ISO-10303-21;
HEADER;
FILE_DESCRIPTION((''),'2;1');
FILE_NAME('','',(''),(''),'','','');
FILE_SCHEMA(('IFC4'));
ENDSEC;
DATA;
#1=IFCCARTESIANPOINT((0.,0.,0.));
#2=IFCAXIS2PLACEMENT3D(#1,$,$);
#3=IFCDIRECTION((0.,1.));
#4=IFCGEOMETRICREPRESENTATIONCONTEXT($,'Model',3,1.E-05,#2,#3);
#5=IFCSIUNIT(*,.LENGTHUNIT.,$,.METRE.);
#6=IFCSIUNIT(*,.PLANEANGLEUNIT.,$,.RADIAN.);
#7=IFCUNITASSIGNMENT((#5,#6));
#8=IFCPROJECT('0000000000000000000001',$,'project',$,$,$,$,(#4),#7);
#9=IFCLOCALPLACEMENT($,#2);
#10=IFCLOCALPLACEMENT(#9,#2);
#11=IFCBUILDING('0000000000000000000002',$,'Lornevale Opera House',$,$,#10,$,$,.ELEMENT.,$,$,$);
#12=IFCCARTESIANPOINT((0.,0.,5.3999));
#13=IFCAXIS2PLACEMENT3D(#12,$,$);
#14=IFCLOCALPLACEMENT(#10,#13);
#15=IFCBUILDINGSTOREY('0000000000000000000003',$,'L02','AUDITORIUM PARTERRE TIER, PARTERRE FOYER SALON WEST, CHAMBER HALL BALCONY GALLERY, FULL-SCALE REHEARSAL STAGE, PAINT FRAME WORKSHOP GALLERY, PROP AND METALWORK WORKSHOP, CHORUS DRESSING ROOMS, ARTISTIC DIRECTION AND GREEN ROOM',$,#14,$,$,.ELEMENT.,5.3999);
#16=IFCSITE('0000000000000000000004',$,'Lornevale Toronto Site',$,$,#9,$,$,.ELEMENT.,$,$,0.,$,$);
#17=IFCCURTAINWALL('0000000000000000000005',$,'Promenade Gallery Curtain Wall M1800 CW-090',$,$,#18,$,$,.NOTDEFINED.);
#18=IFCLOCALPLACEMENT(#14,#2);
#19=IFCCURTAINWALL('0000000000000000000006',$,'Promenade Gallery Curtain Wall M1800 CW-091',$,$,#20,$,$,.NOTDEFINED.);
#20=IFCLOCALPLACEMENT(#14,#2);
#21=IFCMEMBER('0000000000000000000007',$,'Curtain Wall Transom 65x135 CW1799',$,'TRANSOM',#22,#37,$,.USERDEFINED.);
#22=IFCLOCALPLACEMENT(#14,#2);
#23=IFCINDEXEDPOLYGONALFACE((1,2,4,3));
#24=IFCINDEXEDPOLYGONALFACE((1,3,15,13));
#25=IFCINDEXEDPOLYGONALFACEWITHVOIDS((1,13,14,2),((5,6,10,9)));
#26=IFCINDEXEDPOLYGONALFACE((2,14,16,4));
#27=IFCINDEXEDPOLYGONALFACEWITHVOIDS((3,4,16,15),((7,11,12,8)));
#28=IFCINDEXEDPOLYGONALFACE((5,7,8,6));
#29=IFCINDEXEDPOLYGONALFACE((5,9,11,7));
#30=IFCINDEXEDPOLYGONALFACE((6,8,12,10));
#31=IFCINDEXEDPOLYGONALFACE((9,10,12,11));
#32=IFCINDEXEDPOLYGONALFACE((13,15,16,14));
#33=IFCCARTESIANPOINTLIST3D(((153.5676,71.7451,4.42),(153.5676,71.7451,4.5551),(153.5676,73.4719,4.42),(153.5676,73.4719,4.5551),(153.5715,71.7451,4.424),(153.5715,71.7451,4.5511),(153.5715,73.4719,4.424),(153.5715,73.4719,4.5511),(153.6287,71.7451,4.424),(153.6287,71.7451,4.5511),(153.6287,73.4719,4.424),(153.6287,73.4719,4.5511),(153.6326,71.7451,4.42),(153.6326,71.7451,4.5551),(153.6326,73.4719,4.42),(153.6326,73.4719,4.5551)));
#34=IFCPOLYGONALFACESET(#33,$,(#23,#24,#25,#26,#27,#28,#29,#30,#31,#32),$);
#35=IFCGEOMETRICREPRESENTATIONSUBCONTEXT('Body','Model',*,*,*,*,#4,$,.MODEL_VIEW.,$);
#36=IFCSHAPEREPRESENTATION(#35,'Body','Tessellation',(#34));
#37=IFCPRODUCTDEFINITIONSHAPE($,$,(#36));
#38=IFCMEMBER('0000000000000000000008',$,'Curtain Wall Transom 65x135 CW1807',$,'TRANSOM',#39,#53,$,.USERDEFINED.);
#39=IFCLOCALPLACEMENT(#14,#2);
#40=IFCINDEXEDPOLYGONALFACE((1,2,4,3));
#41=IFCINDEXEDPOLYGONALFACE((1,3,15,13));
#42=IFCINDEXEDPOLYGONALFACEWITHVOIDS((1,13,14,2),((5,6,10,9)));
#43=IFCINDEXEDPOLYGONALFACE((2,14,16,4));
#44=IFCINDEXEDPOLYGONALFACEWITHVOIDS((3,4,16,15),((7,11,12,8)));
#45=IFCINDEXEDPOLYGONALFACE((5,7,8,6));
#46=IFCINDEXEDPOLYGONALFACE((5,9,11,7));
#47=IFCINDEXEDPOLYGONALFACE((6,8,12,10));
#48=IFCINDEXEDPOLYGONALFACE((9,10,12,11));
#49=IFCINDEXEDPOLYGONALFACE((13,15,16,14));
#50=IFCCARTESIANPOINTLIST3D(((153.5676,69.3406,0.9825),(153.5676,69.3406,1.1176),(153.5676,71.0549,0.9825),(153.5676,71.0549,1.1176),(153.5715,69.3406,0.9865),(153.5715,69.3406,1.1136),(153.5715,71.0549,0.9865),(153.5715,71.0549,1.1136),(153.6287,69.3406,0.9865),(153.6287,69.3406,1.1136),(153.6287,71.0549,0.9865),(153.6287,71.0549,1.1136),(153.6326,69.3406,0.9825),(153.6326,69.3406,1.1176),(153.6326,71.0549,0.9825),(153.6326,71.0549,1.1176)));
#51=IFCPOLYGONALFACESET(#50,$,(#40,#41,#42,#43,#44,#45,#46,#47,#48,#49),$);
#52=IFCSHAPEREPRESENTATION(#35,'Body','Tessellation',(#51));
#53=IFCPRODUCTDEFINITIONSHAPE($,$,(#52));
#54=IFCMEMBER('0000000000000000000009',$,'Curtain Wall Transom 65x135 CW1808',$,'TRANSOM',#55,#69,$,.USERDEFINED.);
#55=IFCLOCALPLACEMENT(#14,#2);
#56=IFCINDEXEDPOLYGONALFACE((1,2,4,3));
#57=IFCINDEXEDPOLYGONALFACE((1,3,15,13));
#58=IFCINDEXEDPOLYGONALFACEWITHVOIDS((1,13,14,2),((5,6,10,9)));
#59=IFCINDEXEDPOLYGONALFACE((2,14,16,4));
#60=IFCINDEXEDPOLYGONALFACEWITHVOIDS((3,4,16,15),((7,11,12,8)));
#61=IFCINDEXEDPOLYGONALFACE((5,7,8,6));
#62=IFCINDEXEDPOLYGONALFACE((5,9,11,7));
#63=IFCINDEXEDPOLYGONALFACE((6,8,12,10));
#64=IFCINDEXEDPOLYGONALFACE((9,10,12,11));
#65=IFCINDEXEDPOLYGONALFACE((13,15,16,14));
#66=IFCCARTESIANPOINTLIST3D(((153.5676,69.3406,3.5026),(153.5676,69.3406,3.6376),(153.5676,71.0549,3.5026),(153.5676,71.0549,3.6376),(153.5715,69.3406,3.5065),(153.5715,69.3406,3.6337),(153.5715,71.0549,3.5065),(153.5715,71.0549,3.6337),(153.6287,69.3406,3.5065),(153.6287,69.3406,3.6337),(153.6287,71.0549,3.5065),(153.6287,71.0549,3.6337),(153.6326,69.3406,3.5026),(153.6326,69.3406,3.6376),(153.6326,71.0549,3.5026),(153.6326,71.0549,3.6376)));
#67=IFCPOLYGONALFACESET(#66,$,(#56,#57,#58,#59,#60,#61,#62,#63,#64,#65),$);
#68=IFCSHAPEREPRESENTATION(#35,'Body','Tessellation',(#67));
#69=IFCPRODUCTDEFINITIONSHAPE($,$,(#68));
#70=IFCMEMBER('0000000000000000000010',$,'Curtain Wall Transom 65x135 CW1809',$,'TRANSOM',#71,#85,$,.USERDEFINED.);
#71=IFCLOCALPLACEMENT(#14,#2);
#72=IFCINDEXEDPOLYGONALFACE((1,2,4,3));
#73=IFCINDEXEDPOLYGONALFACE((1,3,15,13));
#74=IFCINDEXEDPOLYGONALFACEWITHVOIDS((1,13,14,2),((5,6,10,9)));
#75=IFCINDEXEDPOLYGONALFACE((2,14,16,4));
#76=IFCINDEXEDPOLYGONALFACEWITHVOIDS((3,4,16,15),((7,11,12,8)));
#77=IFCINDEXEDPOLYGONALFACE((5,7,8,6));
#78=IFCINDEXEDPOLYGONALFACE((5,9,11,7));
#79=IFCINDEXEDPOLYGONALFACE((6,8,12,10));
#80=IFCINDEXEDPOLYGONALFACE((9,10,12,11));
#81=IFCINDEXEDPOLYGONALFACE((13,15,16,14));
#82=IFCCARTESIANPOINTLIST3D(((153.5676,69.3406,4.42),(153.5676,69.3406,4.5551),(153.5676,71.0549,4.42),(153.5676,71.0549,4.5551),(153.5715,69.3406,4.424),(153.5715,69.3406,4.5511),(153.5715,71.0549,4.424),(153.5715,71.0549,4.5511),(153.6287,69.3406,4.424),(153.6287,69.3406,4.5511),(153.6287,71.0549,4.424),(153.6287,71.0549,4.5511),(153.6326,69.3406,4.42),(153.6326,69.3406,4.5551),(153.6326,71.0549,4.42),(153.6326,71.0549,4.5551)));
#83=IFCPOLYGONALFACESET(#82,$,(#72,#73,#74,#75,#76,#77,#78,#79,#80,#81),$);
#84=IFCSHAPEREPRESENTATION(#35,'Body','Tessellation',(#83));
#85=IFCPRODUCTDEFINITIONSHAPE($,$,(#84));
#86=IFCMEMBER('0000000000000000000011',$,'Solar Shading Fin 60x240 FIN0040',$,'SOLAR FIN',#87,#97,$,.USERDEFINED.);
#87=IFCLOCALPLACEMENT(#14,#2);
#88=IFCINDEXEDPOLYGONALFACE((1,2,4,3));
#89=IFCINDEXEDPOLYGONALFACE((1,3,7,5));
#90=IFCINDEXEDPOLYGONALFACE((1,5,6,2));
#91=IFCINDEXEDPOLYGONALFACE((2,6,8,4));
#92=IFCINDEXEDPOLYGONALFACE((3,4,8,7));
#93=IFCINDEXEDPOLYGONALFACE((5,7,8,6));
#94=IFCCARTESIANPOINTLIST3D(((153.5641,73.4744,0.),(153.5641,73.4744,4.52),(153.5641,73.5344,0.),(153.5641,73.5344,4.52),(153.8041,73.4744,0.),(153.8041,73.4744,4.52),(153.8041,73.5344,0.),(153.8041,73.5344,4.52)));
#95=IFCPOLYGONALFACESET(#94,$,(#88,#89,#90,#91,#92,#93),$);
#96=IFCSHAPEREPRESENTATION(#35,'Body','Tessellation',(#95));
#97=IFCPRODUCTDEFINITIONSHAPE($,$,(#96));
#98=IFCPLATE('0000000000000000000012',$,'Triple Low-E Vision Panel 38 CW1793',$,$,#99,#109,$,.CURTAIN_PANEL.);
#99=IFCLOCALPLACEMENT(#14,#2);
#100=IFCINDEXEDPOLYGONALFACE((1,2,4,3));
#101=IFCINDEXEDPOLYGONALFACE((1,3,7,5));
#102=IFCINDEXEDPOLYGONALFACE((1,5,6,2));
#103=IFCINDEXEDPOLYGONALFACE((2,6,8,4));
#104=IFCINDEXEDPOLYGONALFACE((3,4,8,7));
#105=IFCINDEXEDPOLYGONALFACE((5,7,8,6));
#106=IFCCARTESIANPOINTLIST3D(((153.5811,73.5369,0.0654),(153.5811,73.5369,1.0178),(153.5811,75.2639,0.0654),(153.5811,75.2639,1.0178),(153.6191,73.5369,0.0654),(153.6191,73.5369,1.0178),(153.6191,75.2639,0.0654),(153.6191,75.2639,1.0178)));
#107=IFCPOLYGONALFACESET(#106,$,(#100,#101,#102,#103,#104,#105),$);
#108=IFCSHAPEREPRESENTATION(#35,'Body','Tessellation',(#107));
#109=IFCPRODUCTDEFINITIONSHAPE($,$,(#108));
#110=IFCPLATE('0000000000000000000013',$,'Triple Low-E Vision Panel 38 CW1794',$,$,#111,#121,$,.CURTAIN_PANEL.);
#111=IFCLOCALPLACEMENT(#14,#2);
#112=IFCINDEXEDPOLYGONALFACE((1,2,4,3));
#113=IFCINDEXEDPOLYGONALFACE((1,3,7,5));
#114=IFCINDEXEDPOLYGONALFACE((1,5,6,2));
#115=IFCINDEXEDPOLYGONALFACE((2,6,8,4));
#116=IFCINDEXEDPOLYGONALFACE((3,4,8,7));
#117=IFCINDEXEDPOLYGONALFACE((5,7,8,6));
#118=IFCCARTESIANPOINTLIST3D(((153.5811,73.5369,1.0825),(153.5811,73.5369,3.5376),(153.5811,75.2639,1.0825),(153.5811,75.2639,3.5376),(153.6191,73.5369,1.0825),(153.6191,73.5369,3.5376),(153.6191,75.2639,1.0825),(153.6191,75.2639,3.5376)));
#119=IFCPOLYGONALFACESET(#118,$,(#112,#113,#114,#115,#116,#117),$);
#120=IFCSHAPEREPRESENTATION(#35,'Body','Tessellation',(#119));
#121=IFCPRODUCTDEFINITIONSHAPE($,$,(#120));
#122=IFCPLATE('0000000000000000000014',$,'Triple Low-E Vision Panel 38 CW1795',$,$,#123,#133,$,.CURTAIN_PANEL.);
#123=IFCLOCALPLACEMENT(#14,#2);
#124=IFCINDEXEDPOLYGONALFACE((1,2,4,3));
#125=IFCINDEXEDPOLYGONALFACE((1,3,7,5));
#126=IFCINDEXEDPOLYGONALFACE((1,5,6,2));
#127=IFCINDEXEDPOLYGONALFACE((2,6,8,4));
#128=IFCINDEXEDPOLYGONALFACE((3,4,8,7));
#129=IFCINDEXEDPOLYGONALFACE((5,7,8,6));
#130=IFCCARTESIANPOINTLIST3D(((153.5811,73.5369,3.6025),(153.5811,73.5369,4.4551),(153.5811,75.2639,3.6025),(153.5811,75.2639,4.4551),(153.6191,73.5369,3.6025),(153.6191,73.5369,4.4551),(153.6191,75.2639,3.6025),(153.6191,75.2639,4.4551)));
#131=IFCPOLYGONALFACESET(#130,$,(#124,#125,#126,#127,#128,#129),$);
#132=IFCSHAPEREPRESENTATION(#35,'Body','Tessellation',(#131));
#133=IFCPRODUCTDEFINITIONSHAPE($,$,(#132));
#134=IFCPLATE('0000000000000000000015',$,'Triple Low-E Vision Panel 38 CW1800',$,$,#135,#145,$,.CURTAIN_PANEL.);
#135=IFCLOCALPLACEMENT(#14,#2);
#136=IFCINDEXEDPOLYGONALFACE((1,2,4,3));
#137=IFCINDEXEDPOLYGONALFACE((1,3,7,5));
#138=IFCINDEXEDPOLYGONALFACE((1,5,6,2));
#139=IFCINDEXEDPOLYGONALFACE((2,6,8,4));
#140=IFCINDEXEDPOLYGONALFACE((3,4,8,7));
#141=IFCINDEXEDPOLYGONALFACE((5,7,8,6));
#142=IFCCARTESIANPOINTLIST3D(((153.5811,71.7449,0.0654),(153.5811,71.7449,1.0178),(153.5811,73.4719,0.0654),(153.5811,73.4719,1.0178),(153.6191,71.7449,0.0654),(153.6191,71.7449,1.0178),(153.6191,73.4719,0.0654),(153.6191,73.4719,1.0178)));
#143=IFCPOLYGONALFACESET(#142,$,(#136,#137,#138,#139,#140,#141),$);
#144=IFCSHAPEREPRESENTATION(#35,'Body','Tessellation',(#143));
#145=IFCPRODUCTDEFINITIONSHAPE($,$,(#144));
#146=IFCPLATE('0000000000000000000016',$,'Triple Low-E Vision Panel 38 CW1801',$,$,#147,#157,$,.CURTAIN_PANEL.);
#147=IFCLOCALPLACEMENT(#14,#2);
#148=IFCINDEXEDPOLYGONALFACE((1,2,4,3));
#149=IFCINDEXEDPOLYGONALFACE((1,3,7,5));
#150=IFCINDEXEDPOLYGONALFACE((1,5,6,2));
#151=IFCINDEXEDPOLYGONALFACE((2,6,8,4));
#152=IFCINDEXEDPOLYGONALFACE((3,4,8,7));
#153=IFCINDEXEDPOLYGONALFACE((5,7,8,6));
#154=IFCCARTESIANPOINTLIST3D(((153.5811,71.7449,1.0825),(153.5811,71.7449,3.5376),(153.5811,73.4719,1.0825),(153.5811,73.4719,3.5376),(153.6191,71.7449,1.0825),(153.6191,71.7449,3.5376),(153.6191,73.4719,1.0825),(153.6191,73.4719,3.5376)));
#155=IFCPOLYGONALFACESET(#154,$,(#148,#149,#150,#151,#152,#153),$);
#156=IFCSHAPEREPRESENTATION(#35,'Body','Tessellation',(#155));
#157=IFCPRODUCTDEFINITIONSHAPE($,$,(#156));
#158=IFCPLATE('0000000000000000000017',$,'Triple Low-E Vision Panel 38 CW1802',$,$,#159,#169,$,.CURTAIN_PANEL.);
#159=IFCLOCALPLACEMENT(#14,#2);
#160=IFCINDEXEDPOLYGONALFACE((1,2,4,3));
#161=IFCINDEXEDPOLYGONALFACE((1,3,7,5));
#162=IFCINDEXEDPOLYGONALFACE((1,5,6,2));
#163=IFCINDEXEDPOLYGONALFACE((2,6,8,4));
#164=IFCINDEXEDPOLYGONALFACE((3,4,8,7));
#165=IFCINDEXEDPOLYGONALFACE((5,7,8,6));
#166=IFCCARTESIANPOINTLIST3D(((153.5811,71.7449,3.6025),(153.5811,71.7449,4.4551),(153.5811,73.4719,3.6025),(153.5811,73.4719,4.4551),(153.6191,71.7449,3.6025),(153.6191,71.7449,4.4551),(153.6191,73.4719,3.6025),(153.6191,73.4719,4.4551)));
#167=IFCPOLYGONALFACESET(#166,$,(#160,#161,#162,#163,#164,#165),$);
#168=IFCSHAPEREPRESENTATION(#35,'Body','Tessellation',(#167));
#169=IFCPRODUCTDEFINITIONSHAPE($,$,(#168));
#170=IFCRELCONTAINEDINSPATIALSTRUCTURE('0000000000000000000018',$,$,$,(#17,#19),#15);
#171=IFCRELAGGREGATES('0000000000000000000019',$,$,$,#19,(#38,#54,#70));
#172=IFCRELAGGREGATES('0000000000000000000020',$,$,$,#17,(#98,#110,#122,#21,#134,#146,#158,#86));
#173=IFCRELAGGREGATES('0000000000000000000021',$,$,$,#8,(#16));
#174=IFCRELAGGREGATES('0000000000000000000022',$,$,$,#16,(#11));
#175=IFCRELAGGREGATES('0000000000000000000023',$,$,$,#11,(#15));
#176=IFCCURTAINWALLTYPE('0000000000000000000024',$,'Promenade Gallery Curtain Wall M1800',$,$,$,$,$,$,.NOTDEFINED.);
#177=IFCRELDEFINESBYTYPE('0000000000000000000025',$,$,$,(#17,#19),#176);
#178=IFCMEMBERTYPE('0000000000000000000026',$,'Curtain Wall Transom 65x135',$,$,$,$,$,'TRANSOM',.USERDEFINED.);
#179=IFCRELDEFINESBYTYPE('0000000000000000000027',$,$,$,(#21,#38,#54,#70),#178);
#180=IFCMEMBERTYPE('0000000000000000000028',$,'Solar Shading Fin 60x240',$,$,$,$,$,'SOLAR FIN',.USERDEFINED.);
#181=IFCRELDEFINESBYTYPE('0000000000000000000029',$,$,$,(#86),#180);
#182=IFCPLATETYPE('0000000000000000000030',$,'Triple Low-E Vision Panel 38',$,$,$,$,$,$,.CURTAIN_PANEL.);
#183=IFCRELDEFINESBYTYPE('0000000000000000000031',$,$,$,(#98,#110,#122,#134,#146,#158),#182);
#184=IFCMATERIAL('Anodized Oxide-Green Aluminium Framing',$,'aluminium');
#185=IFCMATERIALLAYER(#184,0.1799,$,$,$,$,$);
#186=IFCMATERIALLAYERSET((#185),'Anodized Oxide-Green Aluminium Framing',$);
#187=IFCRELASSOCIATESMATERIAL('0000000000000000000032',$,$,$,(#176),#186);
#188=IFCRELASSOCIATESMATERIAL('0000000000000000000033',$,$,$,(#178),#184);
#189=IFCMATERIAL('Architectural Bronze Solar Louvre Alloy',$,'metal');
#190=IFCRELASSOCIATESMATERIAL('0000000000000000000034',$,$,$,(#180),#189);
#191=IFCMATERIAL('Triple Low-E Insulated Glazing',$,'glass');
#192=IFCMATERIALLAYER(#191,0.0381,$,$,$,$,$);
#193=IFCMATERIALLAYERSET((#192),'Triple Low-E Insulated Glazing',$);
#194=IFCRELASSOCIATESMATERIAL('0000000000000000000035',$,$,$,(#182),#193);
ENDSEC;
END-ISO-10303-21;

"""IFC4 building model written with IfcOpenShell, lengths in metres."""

from ifc_helpers import new_model, si_unit, direction, frame, origin, origin_2d, place, context, subcontext, project, spatial, rectangle, hollow_rectangle, extrude, material, layer, layer_set, material_profile, profile_set, type_object, element, aggregate, save


model = new_model("IFC4")

# Units and contexts
model_context = context("Model", 3, precision=1e-05, world=origin(), true_north=direction((0.0, 1.0)))
body_context = subcontext(model_context, "Body", "Model", "MODEL_VIEW")
ifc_project = project(units=[si_unit("LENGTHUNIT", "METRE"), si_unit("PLANEANGLEUNIT", "RADIAN")], contexts=[model_context])

# Site, building, storey
site_placement = place(None, origin())
site = spatial("IfcSite", under=ifc_project, at=site_placement, Name="Lornevale Toronto Site", CompositionType="ELEMENT", RefElevation=0.0)
building_placement = place(site_placement, origin())
building = spatial("IfcBuilding", under=site, at=building_placement, Name="Lornevale Opera House", CompositionType="ELEMENT")
storey_placement = place(building_placement, frame((0.0, 0.0, 5.3999)))
storey = spatial("IfcBuildingStorey", under=building, at=storey_placement, Name="L02", Description="AUDITORIUM PARTERRE TIER, PARTERRE FOYER SALON WEST, CHAMBER HALL BALCONY GALLERY, FULL-SCALE REHEARSAL STAGE, PAINT FRAME WORKSHOP GALLERY, PROP AND METALWORK WORKSHOP, CHORUS DRESSING ROOMS, ARTISTIC DIRECTION AND GREEN ROOM", CompositionType="ELEMENT", Elevation=5.3999)

# Curtain wall
ifc_material_1 = material(Name="Anodized Oxide-Green Aluminium Framing", Category="aluminium")
ifc_layer_1 = layer(ifc_material_1, 0.1799)
ifc_layer_set_1 = layer_set([ifc_layer_1], Name="Anodized Oxide-Green Aluminium Framing")
curtain_wall_type = type_object("IfcCurtainWallType", Name="Promenade Gallery Curtain Wall M1800", PredefinedType="NOTDEFINED", material=ifc_layer_set_1)
curtain_wall_1_placement = place(storey_placement, origin())
curtain_wall_1 = element("IfcCurtainWall", 1, at=curtain_wall_1_placement, inside=storey, type_object=curtain_wall_type, Name="Promenade Gallery Curtain Wall M1800 CW-090", PredefinedType="NOTDEFINED")

# Curtain wall
curtain_wall_2_placement = place(storey_placement, origin())
curtain_wall_2 = element("IfcCurtainWall", 2, at=curtain_wall_2_placement, inside=storey, type_object=curtain_wall_type, Name="Promenade Gallery Curtain Wall M1800 CW-091", PredefinedType="NOTDEFINED")

# Members
ifc_material_profile_1 = material_profile(ifc_material_1, hollow_rectangle(XDim=0.0649, YDim=0.135, WallThickness=0.0039, at=origin_2d()), Name="ALU65x135x4")
ifc_profile_set_1 = profile_set([ifc_material_profile_1], Name="Anodized Oxide-Green Aluminium Framing")
member_type_1 = type_object("IfcMemberType", Name="Curtain Wall Transom 65x135", ElementType="TRANSOM", PredefinedType="USERDEFINED", material=ifc_profile_set_1)
member_1_placement = place(storey_placement, frame((153.6001, 73.4719, 4.4875), z_axis=(0.0, -1.0, 0.0), x_axis=(1.0, 0.0, 0.0)))
member_1 = element("IfcMember", 3, at=member_1_placement, type_object=member_type_1, Name="Curtain Wall Transom 65x135 CW1799", ObjectType="TRANSOM", PredefinedType="USERDEFINED", context=body_context, shape_type="SweptSolid", body=[
    extrude(hollow_rectangle(XDim=0.0649, YDim=0.135, WallThickness=0.0039, at=origin_2d()), origin(), (0.0, 0.0, 1.0), 1.7268),
])
member_2_placement = place(storey_placement, frame((153.6001, 71.0549, 1.05), z_axis=(0.0, -1.0, 0.0), x_axis=(1.0, 0.0, 0.0)))
member_2 = element("IfcMember", 4, at=member_2_placement, type_object=member_type_1, Name="Curtain Wall Transom 65x135 CW1807", ObjectType="TRANSOM", PredefinedType="USERDEFINED", context=body_context, shape_type="SweptSolid", body=[
    extrude(hollow_rectangle(XDim=0.0649, YDim=0.135, WallThickness=0.0039, at=origin_2d()), origin(), (0.0, 0.0, 1.0), 1.7144),
])
member_3_placement = place(storey_placement, frame((153.6001, 71.0549, 3.5701), z_axis=(0.0, -1.0, 0.0), x_axis=(1.0, 0.0, 0.0)))
member_3 = element("IfcMember", 5, at=member_3_placement, type_object=member_type_1, Name="Curtain Wall Transom 65x135 CW1808", ObjectType="TRANSOM", PredefinedType="USERDEFINED", context=body_context, shape_type="SweptSolid", body=[
    extrude(hollow_rectangle(XDim=0.0649, YDim=0.135, WallThickness=0.0039, at=origin_2d()), origin(), (0.0, 0.0, 1.0), 1.7144),
])
member_4_placement = place(storey_placement, frame((153.6001, 71.0549, 4.4875), z_axis=(0.0, -1.0, 0.0), x_axis=(1.0, 0.0, 0.0)))
member_4 = element("IfcMember", 6, at=member_4_placement, type_object=member_type_1, Name="Curtain Wall Transom 65x135 CW1809", ObjectType="TRANSOM", PredefinedType="USERDEFINED", context=body_context, shape_type="SweptSolid", body=[
    extrude(hollow_rectangle(XDim=0.0649, YDim=0.135, WallThickness=0.0039, at=origin_2d()), origin(), (0.0, 0.0, 1.0), 1.7144),
])
aggregate(curtain_wall_2, [member_2, member_3, member_4])
ifc_material_2 = material(Name="Architectural Bronze Solar Louvre Alloy", Category="metal")
ifc_material_profile_2 = material_profile(ifc_material_2, rectangle(XDim=0.0601, YDim=0.24, at=origin_2d()), Name="FIN60x240")
ifc_profile_set_2 = profile_set([ifc_material_profile_2], Name="Architectural Bronze Solar Louvre Alloy")
member_type_2 = type_object("IfcMemberType", Name="Solar Shading Fin 60x240", ElementType="SOLAR FIN", PredefinedType="USERDEFINED", material=ifc_profile_set_2)
member_5_placement = place(storey_placement, frame((153.6841, 73.5044, 0.0), z_axis=(0.0, 0.0, 1.0), x_axis=(0.0, -1.0, 0.0)))
member_5 = element("IfcMember", 7, at=member_5_placement, type_object=member_type_2, Name="Solar Shading Fin 60x240 FIN0040", ObjectType="SOLAR FIN", PredefinedType="USERDEFINED", context=body_context, shape_type="SweptSolid", body=[
    extrude(rectangle(XDim=0.0601, YDim=0.24, at=origin_2d()), origin(), (0.0, 0.0, 1.0), 4.52),
])

# Plates
ifc_material_3 = material(Name="Triple Low-E Insulated Glazing", Category="glass")
ifc_layer_2 = layer(ifc_material_3, 0.0381)
ifc_layer_set_2 = layer_set([ifc_layer_2], Name="Triple Low-E Insulated Glazing")
plate_type = type_object("IfcPlateType", Name="Triple Low-E Vision Panel 38", PredefinedType="CURTAIN_PANEL", material=ifc_layer_set_2)
plate_1_placement = place(storey_placement, frame((153.6001, 74.4004, 0.0654), z_axis=(0.0, 0.0, 1.0), x_axis=(0.0, -1.0, 0.0)))
plate_1 = element("IfcPlate", 8, at=plate_1_placement, type_object=plate_type, Name="Triple Low-E Vision Panel 38 CW1793", PredefinedType="CURTAIN_PANEL", context=body_context, shape_type="SweptSolid", body=[
    extrude(rectangle(XDim=1.7271, YDim=0.0381, at=origin_2d()), origin(), (0.0, 0.0, 1.0), 0.9524),
])
plate_2_placement = place(storey_placement, frame((153.6001, 74.4004, 1.0825), z_axis=(0.0, 0.0, 1.0), x_axis=(0.0, -1.0, 0.0)))
plate_2 = element("IfcPlate", 9, at=plate_2_placement, type_object=plate_type, Name="Triple Low-E Vision Panel 38 CW1794", PredefinedType="CURTAIN_PANEL", context=body_context, shape_type="SweptSolid", body=[
    extrude(rectangle(XDim=1.7271, YDim=0.0381, at=origin_2d()), origin(), (0.0, 0.0, 1.0), 2.4551),
])
plate_3_placement = place(storey_placement, frame((153.6001, 74.4004, 3.6025), z_axis=(0.0, 0.0, 1.0), x_axis=(0.0, -1.0, 0.0)))
plate_3 = element("IfcPlate", 10, at=plate_3_placement, type_object=plate_type, Name="Triple Low-E Vision Panel 38 CW1795", PredefinedType="CURTAIN_PANEL", context=body_context, shape_type="SweptSolid", body=[
    extrude(rectangle(XDim=1.7271, YDim=0.0381, at=origin_2d()), origin(), (0.0, 0.0, 1.0), 0.8525),
])
plate_4_placement = place(storey_placement, frame((153.6001, 72.6084, 0.0654), z_axis=(0.0, 0.0, 1.0), x_axis=(0.0, -1.0, 0.0)))
plate_4 = element("IfcPlate", 11, at=plate_4_placement, type_object=plate_type, Name="Triple Low-E Vision Panel 38 CW1800", PredefinedType="CURTAIN_PANEL", context=body_context, shape_type="SweptSolid", body=[
    extrude(rectangle(XDim=1.7271, YDim=0.0381, at=origin_2d()), origin(), (0.0, 0.0, 1.0), 0.9524),
])
plate_5_placement = place(storey_placement, frame((153.6001, 72.6084, 1.0825), z_axis=(0.0, 0.0, 1.0), x_axis=(0.0, -1.0, 0.0)))
plate_5 = element("IfcPlate", 12, at=plate_5_placement, type_object=plate_type, Name="Triple Low-E Vision Panel 38 CW1801", PredefinedType="CURTAIN_PANEL", context=body_context, shape_type="SweptSolid", body=[
    extrude(rectangle(XDim=1.7271, YDim=0.0381, at=origin_2d()), origin(), (0.0, 0.0, 1.0), 2.4551),
])
plate_6_placement = place(storey_placement, frame((153.6001, 72.6084, 3.6025), z_axis=(0.0, 0.0, 1.0), x_axis=(0.0, -1.0, 0.0)))
plate_6 = element("IfcPlate", 13, at=plate_6_placement, type_object=plate_type, Name="Triple Low-E Vision Panel 38 CW1802", PredefinedType="CURTAIN_PANEL", context=body_context, shape_type="SweptSolid", body=[
    extrude(rectangle(XDim=1.7271, YDim=0.0381, at=origin_2d()), origin(), (0.0, 0.0, 1.0), 0.8525),
])
aggregate(curtain_wall_1, [plate_1, plate_2, plate_3, member_1, plate_4, plate_5, plate_6, member_5])

save(model, "model.ifc")
